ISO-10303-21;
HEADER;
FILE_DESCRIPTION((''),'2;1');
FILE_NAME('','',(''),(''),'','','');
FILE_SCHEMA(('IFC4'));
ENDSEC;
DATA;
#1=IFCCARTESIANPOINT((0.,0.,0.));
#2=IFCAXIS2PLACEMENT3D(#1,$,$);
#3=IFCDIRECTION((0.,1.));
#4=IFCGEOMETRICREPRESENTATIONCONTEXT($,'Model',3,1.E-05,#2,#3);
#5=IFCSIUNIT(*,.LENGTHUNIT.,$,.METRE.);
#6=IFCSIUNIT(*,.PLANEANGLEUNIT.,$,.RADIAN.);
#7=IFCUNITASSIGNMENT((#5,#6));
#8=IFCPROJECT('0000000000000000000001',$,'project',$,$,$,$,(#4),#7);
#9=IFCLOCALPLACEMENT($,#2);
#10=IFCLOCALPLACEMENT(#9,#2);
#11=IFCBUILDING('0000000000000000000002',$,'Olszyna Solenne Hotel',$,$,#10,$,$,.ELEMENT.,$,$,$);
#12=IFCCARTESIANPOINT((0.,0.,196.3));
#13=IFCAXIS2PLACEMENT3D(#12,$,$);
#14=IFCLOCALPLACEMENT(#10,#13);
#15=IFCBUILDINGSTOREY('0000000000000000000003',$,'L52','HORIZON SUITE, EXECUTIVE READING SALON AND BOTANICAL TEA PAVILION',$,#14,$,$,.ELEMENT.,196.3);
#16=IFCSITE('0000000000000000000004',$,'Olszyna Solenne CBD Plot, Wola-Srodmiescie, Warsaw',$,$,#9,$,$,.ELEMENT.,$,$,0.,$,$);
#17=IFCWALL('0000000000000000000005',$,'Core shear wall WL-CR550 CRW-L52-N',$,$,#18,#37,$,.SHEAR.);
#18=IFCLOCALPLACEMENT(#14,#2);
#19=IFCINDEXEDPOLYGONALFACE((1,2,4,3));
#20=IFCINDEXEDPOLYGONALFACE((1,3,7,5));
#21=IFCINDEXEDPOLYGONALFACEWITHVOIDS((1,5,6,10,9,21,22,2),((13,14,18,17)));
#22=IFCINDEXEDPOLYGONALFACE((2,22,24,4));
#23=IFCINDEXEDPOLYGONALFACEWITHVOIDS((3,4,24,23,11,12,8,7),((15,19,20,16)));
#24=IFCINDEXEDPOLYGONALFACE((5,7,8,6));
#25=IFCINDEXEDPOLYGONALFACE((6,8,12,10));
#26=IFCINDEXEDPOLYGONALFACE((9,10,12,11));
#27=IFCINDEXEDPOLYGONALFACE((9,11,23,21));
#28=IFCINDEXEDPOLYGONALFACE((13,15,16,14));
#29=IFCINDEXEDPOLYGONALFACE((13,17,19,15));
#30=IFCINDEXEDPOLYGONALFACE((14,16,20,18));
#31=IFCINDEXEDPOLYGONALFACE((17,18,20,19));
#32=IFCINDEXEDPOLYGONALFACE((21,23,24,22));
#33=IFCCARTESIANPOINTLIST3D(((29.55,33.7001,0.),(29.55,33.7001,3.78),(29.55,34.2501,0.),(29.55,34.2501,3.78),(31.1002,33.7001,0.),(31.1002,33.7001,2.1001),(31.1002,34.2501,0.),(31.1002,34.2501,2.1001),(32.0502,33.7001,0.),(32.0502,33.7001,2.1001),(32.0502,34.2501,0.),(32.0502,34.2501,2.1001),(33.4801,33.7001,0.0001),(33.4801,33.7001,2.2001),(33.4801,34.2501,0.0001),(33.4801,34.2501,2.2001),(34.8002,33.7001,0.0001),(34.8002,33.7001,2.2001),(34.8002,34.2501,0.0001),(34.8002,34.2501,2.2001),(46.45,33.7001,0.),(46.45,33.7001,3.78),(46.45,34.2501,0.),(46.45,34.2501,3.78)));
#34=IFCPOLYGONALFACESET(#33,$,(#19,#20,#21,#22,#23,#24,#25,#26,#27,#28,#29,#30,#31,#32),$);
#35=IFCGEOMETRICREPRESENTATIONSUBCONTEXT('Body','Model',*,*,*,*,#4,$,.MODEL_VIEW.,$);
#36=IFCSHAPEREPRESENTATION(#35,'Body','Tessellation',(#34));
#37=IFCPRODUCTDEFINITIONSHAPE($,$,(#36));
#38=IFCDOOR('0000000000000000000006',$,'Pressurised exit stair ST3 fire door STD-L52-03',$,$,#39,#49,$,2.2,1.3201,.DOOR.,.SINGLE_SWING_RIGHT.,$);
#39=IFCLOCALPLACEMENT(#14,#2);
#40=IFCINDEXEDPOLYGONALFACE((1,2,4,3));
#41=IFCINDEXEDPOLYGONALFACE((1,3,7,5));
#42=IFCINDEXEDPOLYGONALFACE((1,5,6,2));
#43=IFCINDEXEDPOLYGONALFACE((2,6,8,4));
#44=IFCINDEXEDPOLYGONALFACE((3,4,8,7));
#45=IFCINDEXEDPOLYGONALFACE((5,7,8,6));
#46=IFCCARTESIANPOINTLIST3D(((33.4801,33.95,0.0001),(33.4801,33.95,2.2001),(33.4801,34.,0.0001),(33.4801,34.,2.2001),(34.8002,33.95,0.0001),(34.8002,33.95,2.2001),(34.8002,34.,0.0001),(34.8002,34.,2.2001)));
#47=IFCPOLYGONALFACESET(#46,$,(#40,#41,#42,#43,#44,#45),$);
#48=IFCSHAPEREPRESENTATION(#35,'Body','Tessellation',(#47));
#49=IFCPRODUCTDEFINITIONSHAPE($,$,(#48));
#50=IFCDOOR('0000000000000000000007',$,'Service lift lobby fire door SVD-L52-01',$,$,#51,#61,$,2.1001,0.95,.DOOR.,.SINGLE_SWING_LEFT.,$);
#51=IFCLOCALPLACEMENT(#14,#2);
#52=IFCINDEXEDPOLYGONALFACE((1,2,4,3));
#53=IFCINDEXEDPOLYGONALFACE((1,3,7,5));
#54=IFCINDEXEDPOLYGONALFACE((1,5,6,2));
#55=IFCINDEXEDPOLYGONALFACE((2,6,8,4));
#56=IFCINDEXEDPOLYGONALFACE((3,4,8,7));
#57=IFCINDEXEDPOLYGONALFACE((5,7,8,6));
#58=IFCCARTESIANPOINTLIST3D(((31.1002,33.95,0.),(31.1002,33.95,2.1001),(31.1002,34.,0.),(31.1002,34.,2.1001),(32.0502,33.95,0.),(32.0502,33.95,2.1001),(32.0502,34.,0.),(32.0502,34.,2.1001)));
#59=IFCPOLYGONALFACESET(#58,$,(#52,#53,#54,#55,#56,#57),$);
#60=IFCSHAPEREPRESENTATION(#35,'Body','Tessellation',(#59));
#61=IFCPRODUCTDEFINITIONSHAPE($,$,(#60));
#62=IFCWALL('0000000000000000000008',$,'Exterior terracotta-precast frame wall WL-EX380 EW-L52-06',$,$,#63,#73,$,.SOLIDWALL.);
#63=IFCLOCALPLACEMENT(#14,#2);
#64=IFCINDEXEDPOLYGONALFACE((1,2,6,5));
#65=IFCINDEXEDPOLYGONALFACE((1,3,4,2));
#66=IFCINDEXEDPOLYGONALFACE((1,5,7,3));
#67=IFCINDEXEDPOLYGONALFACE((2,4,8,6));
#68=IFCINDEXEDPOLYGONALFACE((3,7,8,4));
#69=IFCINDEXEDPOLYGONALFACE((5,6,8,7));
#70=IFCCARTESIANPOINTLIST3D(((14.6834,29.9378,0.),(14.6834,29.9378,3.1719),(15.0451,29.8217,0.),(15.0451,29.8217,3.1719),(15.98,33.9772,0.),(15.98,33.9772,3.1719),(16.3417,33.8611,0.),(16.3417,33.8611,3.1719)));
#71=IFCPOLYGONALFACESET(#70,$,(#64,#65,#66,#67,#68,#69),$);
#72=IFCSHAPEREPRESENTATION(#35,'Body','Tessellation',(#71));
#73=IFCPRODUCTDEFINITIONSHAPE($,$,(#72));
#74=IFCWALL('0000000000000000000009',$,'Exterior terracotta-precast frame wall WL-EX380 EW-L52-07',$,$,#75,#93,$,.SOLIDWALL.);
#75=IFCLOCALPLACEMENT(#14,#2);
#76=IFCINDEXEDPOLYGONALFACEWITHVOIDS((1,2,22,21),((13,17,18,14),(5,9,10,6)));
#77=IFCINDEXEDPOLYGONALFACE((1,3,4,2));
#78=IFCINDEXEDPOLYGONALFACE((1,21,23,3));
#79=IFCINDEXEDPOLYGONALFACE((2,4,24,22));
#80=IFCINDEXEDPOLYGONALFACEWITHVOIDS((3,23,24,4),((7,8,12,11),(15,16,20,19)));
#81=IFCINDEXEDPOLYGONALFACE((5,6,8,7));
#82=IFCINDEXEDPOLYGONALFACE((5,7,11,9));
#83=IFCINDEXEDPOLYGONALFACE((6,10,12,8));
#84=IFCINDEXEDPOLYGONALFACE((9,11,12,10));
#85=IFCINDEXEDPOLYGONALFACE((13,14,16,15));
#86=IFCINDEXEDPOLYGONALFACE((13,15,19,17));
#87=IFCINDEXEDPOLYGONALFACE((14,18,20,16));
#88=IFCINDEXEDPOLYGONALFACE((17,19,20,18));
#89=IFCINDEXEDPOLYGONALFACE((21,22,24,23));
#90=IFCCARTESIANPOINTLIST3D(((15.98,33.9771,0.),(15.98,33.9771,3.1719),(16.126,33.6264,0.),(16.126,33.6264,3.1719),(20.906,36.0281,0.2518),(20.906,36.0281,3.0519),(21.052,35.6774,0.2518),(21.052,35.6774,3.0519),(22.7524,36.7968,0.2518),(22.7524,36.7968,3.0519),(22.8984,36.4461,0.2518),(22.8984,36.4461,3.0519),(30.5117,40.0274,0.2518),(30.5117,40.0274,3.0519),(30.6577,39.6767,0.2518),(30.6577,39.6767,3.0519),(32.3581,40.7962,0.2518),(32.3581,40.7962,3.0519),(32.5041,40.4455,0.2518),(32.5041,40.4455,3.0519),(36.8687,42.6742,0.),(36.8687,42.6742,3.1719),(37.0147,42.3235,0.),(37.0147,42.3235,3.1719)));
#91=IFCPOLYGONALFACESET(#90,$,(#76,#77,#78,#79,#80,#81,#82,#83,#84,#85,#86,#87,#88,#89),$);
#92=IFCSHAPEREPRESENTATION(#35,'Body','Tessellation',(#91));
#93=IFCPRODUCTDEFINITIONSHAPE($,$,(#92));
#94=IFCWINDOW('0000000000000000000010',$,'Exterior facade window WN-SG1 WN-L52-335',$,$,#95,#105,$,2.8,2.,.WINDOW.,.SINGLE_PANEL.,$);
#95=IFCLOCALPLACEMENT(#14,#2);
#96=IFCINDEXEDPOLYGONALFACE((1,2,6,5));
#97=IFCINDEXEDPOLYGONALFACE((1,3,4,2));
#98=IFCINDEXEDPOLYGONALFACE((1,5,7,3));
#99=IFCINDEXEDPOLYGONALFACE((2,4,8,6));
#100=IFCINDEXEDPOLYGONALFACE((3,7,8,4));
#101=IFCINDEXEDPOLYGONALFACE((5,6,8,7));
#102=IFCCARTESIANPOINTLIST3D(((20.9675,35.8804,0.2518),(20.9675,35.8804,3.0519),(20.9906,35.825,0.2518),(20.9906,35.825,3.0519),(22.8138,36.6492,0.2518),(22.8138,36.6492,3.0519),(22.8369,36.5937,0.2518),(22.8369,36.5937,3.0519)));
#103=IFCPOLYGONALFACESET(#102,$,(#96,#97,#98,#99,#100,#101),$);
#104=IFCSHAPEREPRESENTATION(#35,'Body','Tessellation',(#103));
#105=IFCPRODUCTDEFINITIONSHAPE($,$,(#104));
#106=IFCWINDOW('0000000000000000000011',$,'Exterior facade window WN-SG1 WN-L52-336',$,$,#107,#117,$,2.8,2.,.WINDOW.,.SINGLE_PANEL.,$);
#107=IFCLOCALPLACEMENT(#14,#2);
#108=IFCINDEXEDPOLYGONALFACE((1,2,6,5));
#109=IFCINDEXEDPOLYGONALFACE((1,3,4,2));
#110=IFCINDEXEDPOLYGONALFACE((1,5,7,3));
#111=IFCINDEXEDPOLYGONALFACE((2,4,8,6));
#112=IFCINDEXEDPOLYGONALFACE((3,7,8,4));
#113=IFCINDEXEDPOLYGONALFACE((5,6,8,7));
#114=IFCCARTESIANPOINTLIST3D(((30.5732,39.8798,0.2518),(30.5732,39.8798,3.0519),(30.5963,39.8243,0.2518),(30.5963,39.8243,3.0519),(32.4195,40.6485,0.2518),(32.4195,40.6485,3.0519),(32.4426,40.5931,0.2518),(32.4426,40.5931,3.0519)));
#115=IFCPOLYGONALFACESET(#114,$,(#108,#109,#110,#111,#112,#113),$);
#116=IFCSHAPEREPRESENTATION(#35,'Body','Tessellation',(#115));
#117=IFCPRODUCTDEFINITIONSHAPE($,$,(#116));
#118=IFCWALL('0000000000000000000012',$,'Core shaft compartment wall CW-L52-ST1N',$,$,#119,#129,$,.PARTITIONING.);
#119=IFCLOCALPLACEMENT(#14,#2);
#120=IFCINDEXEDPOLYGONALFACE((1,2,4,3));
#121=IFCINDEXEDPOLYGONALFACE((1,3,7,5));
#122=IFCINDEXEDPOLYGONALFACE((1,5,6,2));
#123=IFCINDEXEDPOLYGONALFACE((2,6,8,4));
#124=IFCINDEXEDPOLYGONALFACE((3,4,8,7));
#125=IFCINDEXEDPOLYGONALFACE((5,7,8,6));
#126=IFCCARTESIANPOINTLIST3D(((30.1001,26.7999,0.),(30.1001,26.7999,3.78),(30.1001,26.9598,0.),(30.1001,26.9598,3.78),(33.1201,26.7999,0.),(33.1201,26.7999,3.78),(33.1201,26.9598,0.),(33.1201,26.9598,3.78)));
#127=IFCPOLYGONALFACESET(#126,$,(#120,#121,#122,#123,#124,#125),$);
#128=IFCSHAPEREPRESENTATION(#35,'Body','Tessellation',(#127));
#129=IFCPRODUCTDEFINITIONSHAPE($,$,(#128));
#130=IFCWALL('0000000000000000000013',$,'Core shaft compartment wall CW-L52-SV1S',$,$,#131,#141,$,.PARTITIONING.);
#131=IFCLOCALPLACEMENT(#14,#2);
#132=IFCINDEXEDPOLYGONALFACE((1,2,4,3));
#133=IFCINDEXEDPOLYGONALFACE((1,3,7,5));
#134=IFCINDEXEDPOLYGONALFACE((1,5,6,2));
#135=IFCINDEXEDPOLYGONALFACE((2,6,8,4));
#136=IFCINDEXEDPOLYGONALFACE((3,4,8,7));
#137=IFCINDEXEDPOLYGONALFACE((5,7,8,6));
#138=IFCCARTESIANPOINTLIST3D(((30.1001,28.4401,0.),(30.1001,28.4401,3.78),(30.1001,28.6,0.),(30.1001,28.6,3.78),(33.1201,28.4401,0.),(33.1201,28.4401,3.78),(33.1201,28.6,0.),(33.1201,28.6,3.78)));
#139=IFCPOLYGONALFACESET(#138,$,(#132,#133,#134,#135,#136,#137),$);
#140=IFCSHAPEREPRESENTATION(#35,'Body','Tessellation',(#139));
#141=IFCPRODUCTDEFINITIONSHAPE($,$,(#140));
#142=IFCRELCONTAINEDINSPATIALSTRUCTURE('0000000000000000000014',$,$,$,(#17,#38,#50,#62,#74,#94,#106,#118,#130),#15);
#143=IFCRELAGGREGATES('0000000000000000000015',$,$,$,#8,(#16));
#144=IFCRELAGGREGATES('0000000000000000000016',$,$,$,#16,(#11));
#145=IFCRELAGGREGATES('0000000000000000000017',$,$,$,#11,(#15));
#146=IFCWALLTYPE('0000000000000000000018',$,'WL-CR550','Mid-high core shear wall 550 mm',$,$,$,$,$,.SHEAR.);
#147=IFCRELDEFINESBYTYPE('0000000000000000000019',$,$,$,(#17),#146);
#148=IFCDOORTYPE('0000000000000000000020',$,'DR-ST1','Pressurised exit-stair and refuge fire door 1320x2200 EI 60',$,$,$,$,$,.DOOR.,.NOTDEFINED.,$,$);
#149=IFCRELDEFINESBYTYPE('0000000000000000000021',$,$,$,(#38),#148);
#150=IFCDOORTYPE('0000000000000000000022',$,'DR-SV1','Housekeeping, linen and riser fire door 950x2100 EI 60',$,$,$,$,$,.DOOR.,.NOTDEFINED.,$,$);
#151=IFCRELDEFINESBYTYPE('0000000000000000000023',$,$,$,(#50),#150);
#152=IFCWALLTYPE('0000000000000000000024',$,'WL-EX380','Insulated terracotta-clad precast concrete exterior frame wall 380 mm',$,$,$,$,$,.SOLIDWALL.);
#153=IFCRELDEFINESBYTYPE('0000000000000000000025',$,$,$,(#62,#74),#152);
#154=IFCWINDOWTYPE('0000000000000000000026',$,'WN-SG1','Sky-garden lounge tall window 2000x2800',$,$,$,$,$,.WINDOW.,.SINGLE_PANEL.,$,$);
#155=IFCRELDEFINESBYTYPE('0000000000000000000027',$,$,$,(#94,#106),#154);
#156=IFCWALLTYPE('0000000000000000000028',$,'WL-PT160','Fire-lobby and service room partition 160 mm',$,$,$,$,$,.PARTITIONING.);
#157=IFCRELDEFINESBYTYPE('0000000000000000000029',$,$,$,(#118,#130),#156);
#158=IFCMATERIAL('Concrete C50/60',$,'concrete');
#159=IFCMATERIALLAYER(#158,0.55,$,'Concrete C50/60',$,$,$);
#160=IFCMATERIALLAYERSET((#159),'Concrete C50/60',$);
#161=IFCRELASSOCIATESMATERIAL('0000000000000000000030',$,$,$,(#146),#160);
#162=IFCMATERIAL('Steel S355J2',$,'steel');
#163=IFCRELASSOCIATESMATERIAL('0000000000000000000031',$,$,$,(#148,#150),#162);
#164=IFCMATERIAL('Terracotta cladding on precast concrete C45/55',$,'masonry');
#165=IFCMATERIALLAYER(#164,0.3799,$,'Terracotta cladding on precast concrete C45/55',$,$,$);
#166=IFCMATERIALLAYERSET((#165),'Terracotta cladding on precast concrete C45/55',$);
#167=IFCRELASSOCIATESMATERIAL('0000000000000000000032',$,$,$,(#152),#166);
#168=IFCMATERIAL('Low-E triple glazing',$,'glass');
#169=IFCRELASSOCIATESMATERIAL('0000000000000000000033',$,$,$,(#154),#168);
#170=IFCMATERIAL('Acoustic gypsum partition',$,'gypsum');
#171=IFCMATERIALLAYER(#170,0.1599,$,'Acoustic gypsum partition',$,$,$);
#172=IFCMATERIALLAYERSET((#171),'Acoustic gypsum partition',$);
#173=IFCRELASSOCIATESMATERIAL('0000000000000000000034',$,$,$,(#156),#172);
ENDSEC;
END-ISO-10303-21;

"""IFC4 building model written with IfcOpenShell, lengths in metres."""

from ifc_helpers import new_model, si_unit, direction, frame, frame_2d, origin, place, context, subcontext, project, spatial, rectangle, extrude, source, transform, mapped, material, layer, layer_set, type_object, type_shapes, element, fill, save


model = new_model("IFC4")

# Units and contexts
model_context = context("Model", 3, precision=1e-05, world=origin(), true_north=direction((0.0, 1.0)))
body_context = subcontext(model_context, "Body", "Model", "MODEL_VIEW")
ifc_project = project(units=[si_unit("LENGTHUNIT", "METRE"), si_unit("PLANEANGLEUNIT", "RADIAN")], contexts=[model_context])

# Site, building, storey
site_placement = place(None, origin())
site = spatial("IfcSite", under=ifc_project, at=site_placement, Name="Olszyna Solenne CBD Plot, Wola-Srodmiescie, Warsaw", CompositionType="ELEMENT", RefElevation=0.0)
building_placement = place(site_placement, origin())
building = spatial("IfcBuilding", under=site, at=building_placement, Name="Olszyna Solenne Hotel", CompositionType="ELEMENT")
storey_placement = place(building_placement, frame((0.0, 0.0, 196.3)))
storey = spatial("IfcBuildingStorey", under=building, at=storey_placement, Name="L52", Description="HORIZON SUITE, EXECUTIVE READING SALON AND BOTANICAL TEA PAVILION", CompositionType="ELEMENT", Elevation=196.3)

# Shared definitions
ifc_material_1 = material(Name="Steel S355J2", Category="steel")

# Shared definitions
ifc_material_2 = material(Name="Concrete C50/60", Category="concrete")

# Wall, openings, doors
ifc_layer_1 = layer(ifc_material_2, 0.55, Name="Concrete C50/60")
ifc_layer_set_1 = layer_set([ifc_layer_1], Name="Concrete C50/60")
wall_type_1 = type_object("IfcWallType", Name="WL-CR550", Description="Mid-high core shear wall 550 mm", PredefinedType="SHEAR", material=ifc_layer_set_1)
wall_1_placement = place(storey_placement, frame((29.55, 33.9751, 0.0), z_axis=(0.0, 0.0, 1.0), x_axis=(1.0, 0.0, 0.0)))
wall_1 = element("IfcWall", 1, at=wall_1_placement, inside=storey, type_object=wall_type_1, Name="Core shear wall WL-CR550 CRW-L52-N", PredefinedType="SHEAR", context=body_context, shape_type="SweptSolid", body=[
    extrude(rectangle(XDim=16.8999, YDim=0.55, at=frame_2d((8.45, 0.0))), origin(), (0.0, 0.0, 1.0), 3.78),
])
opening_1_placement = place(wall_1_placement, frame((1.55, 0.0, 0.0)))
opening_1 = element("IfcOpeningElement", 2, at=opening_1_placement, cuts=wall_1, PredefinedType="OPENING", context=body_context, shape_type="SweptSolid", body=[
    extrude(rectangle(XDim=0.95, YDim=2.1001, at=frame_2d((0.4751, 1.05))), frame((0.0, 0.2852, 0.0), z_axis=(0.0, -1.0, 0.0), x_axis=(1.0, 0.0, 0.0)), (0.0, 0.0, 1.0), 0.5701),
])
opening_2_placement = place(wall_1_placement, frame((3.9299, 0.0, 0.0)))
opening_2 = element("IfcOpeningElement", 3, at=opening_2_placement, cuts=wall_1, PredefinedType="OPENING", context=body_context, shape_type="SweptSolid", body=[
    extrude(rectangle(XDim=1.3201, YDim=2.2, at=frame_2d((0.6602, 1.1001))), frame((0.0, 0.2852, 0.0), z_axis=(0.0, -1.0, 0.0), x_axis=(1.0, 0.0, 0.0)), (0.0, 0.0, 1.0), 0.5701),
])
door_type_1 = type_object("IfcDoorType", Name="DR-ST1", Description="Pressurised exit-stair and refuge fire door 1320x2200 EI 60", OperationType="NOTDEFINED", PredefinedType="DOOR", material=ifc_material_1)
shared_shape_1 = source(origin(), body_context, "Body", "SweptSolid", [
    extrude(rectangle(XDim=1.3201, YDim=2.2, at=frame_2d((0.6602, 1.1001))), frame((0.0, 0.0249, 0.0), z_axis=(0.0, -1.0, 0.0), x_axis=(1.0, 0.0, 0.0)), (0.0, 0.0, 1.0), 0.05),
])
type_shapes(door_type_1, [shared_shape_1])
door_1_placement = place(opening_2_placement, origin())
door_1 = element("IfcDoor", 4, at=door_1_placement, inside=storey, type_object=door_type_1, Name="Pressurised exit stair ST3 fire door STD-L52-03", OperationType="SINGLE_SWING_RIGHT", OverallHeight=2.2, OverallWidth=1.3201, PredefinedType="DOOR", context=body_context, shape_type="MappedRepresentation", body=[
    mapped(shared_shape_1, transform((0.0, 0.0, 0.0), x_axis=(1.0, 0.0, 0.0), y_axis=(0.0, 1.0, 0.0), z_axis=(0.0, 0.0, 1.0), scale=1.0)),
])
fill(opening_2, door_1)
door_type_2 = type_object("IfcDoorType", Name="DR-SV1", Description="Housekeeping, linen and riser fire door 950x2100 EI 60", OperationType="NOTDEFINED", PredefinedType="DOOR", material=ifc_material_1)
shared_shape_2 = source(origin(), body_context, "Body", "SweptSolid", [
    extrude(rectangle(XDim=0.95, YDim=2.1001, at=frame_2d((0.4751, 1.05))), frame((0.0, 0.0249, 0.0), z_axis=(0.0, -1.0, 0.0), x_axis=(1.0, 0.0, 0.0)), (0.0, 0.0, 1.0), 0.05),
])
type_shapes(door_type_2, [shared_shape_2])
door_2_placement = place(opening_1_placement, origin())
door_2 = element("IfcDoor", 5, at=door_2_placement, inside=storey, type_object=door_type_2, Name="Service lift lobby fire door SVD-L52-01", OperationType="SINGLE_SWING_LEFT", OverallHeight=2.1001, OverallWidth=0.95, PredefinedType="DOOR", context=body_context, shape_type="MappedRepresentation", body=[
    mapped(shared_shape_2, transform((0.0, 0.0, 0.0), x_axis=(1.0, 0.0, 0.0), y_axis=(0.0, 1.0, 0.0), z_axis=(0.0, 0.0, 1.0), scale=1.0)),
])
fill(opening_1, door_2)

# Wall
ifc_material_3 = material(Name="Terracotta cladding on precast concrete C45/55", Category="masonry")
ifc_layer_2 = layer(ifc_material_3, 0.3799, Name="Terracotta cladding on precast concrete C45/55")
ifc_layer_set_2 = layer_set([ifc_layer_2], Name="Terracotta cladding on precast concrete C45/55")
wall_type_2 = type_object("IfcWallType", Name="WL-EX380", Description="Insulated terracotta-clad precast concrete exterior frame wall 380 mm", PredefinedType="SOLIDWALL", material=ifc_layer_set_2)
wall_2_placement = place(storey_placement, frame((14.8643, 29.8799, 0.0), z_axis=(0.0, 0.0, 1.0), x_axis=(0.305642, 0.952146, 0.0)))
element("IfcWall", 6, at=wall_2_placement, inside=storey, type_object=wall_type_2, Name="Exterior terracotta-precast frame wall WL-EX380 EW-L52-06", PredefinedType="SOLIDWALL", context=body_context, shape_type="SweptSolid", body=[
    extrude(rectangle(XDim=4.2424, YDim=0.3799, at=frame_2d((2.1211, 0.0))), origin(), (0.0, 0.0, 1.0), 3.1719),
])

# Wall, openings, windows
wall_3_placement = place(storey_placement, frame((16.053, 33.8018, 0.0), z_axis=(0.0, 0.0, 1.0), x_axis=(0.92318, 0.384367, 0.0)))
wall_3 = element("IfcWall", 7, at=wall_3_placement, inside=storey, type_object=wall_type_2, Name="Exterior terracotta-precast frame wall WL-EX380 EW-L52-07", PredefinedType="SOLIDWALL", context=body_context, shape_type="SweptSolid", body=[
    extrude(rectangle(XDim=22.627, YDim=0.3799, at=frame_2d((11.3135, 0.0))), origin(), (0.0, 0.0, 1.0), 3.1719),
])
opening_3_placement = place(wall_3_placement, frame((5.3359, 0.0, 0.252)))
opening_3 = element("IfcOpeningElement", 8, at=opening_3_placement, cuts=wall_3, PredefinedType="OPENING", context=body_context, shape_type="SweptSolid", body=[
    extrude(rectangle(XDim=2.0, YDim=2.8, at=frame_2d((1.0, 1.3999))), frame((0.0, 0.2, 0.0), z_axis=(0.0, -1.0, 0.0), x_axis=(1.0, 0.0, 0.0)), (0.0, 0.0, 1.0), 0.3999),
])
opening_4_placement = place(wall_3_placement, frame((15.741, 0.0, 0.252)))
opening_4 = element("IfcOpeningElement", 9, at=opening_4_placement, cuts=wall_3, PredefinedType="OPENING", context=body_context, shape_type="SweptSolid", body=[
    extrude(rectangle(XDim=2.0, YDim=2.8, at=frame_2d((1.0, 1.3999))), frame((0.0, 0.2, 0.0), z_axis=(0.0, -1.0, 0.0), x_axis=(1.0, 0.0, 0.0)), (0.0, 0.0, 1.0), 0.3999),
])
ifc_material_4 = material(Name="Low-E triple glazing", Category="glass")
window_type = type_object("IfcWindowType", Name="WN-SG1", Description="Sky-garden lounge tall window 2000x2800", PartitioningType="SINGLE_PANEL", PredefinedType="WINDOW", material=ifc_material_4)
shared_shape_3 = source(origin(), body_context, "Body", "SweptSolid", [
    extrude(rectangle(XDim=2.0, YDim=2.8, at=frame_2d((1.0, 1.3999))), frame((0.0, 0.03, 0.0), z_axis=(0.0, -1.0, 0.0), x_axis=(1.0, 0.0, 0.0)), (0.0, 0.0, 1.0), 0.0601),
])
type_shapes(window_type, [shared_shape_3])
window_1_placement = place(opening_3_placement, origin())
window_1 = element("IfcWindow", 10, at=window_1_placement, inside=storey, type_object=window_type, Name="Exterior facade window WN-SG1 WN-L52-335", OverallHeight=2.8, OverallWidth=2.0, PartitioningType="SINGLE_PANEL", PredefinedType="WINDOW", context=body_context, shape_type="MappedRepresentation", body=[
    mapped(shared_shape_3, transform((0.0, 0.0, 0.0), x_axis=(1.0, 0.0, 0.0), y_axis=(0.0, 1.0, 0.0), z_axis=(0.0, 0.0, 1.0), scale=1.0)),
])
fill(opening_3, window_1)
window_2_placement = place(opening_4_placement, origin())
window_2 = element("IfcWindow", 11, at=window_2_placement, inside=storey, type_object=window_type, Name="Exterior facade window WN-SG1 WN-L52-336", OverallHeight=2.8, OverallWidth=2.0, PartitioningType="SINGLE_PANEL", PredefinedType="WINDOW", context=body_context, shape_type="MappedRepresentation", body=[
    mapped(shared_shape_3, transform((0.0, 0.0, 0.0), x_axis=(1.0, 0.0, 0.0), y_axis=(0.0, 1.0, 0.0), z_axis=(0.0, 0.0, 1.0), scale=1.0)),
])
fill(opening_4, window_2)

# Walls
ifc_material_5 = material(Name="Acoustic gypsum partition", Category="gypsum")
ifc_layer_3 = layer(ifc_material_5, 0.1599, Name="Acoustic gypsum partition")
ifc_layer_set_3 = layer_set([ifc_layer_3], Name="Acoustic gypsum partition")
wall_type_3 = type_object("IfcWallType", Name="WL-PT160", Description="Fire-lobby and service room partition 160 mm", PredefinedType="PARTITIONING", material=ifc_layer_set_3)
for number, where, z_axis, x_axis, name in (
    (12, (30.1001, 26.8799, 0.0), (0.0, 0.0, 1.0), (1.0, 0.0, 0.0), "Core shaft compartment wall CW-L52-ST1N"),
    (13, (30.1001, 28.52, 0.0), (0.0, 0.0, 1.0), (1.0, 0.0, 0.0), "Core shaft compartment wall CW-L52-SV1S"),
):
    element("IfcWall", number, at=place(storey_placement, frame(where, z_axis=z_axis, x_axis=x_axis)), inside=storey, type_object=wall_type_3, Name=name, PredefinedType="PARTITIONING", context=body_context, shape_type="SweptSolid", body=[
        extrude(rectangle(XDim=3.02, YDim=0.1599, at=frame_2d((1.51, 0.0))), origin(), (0.0, 0.0, 1.0), 3.78),
    ])

save(model, "model.ifc")
